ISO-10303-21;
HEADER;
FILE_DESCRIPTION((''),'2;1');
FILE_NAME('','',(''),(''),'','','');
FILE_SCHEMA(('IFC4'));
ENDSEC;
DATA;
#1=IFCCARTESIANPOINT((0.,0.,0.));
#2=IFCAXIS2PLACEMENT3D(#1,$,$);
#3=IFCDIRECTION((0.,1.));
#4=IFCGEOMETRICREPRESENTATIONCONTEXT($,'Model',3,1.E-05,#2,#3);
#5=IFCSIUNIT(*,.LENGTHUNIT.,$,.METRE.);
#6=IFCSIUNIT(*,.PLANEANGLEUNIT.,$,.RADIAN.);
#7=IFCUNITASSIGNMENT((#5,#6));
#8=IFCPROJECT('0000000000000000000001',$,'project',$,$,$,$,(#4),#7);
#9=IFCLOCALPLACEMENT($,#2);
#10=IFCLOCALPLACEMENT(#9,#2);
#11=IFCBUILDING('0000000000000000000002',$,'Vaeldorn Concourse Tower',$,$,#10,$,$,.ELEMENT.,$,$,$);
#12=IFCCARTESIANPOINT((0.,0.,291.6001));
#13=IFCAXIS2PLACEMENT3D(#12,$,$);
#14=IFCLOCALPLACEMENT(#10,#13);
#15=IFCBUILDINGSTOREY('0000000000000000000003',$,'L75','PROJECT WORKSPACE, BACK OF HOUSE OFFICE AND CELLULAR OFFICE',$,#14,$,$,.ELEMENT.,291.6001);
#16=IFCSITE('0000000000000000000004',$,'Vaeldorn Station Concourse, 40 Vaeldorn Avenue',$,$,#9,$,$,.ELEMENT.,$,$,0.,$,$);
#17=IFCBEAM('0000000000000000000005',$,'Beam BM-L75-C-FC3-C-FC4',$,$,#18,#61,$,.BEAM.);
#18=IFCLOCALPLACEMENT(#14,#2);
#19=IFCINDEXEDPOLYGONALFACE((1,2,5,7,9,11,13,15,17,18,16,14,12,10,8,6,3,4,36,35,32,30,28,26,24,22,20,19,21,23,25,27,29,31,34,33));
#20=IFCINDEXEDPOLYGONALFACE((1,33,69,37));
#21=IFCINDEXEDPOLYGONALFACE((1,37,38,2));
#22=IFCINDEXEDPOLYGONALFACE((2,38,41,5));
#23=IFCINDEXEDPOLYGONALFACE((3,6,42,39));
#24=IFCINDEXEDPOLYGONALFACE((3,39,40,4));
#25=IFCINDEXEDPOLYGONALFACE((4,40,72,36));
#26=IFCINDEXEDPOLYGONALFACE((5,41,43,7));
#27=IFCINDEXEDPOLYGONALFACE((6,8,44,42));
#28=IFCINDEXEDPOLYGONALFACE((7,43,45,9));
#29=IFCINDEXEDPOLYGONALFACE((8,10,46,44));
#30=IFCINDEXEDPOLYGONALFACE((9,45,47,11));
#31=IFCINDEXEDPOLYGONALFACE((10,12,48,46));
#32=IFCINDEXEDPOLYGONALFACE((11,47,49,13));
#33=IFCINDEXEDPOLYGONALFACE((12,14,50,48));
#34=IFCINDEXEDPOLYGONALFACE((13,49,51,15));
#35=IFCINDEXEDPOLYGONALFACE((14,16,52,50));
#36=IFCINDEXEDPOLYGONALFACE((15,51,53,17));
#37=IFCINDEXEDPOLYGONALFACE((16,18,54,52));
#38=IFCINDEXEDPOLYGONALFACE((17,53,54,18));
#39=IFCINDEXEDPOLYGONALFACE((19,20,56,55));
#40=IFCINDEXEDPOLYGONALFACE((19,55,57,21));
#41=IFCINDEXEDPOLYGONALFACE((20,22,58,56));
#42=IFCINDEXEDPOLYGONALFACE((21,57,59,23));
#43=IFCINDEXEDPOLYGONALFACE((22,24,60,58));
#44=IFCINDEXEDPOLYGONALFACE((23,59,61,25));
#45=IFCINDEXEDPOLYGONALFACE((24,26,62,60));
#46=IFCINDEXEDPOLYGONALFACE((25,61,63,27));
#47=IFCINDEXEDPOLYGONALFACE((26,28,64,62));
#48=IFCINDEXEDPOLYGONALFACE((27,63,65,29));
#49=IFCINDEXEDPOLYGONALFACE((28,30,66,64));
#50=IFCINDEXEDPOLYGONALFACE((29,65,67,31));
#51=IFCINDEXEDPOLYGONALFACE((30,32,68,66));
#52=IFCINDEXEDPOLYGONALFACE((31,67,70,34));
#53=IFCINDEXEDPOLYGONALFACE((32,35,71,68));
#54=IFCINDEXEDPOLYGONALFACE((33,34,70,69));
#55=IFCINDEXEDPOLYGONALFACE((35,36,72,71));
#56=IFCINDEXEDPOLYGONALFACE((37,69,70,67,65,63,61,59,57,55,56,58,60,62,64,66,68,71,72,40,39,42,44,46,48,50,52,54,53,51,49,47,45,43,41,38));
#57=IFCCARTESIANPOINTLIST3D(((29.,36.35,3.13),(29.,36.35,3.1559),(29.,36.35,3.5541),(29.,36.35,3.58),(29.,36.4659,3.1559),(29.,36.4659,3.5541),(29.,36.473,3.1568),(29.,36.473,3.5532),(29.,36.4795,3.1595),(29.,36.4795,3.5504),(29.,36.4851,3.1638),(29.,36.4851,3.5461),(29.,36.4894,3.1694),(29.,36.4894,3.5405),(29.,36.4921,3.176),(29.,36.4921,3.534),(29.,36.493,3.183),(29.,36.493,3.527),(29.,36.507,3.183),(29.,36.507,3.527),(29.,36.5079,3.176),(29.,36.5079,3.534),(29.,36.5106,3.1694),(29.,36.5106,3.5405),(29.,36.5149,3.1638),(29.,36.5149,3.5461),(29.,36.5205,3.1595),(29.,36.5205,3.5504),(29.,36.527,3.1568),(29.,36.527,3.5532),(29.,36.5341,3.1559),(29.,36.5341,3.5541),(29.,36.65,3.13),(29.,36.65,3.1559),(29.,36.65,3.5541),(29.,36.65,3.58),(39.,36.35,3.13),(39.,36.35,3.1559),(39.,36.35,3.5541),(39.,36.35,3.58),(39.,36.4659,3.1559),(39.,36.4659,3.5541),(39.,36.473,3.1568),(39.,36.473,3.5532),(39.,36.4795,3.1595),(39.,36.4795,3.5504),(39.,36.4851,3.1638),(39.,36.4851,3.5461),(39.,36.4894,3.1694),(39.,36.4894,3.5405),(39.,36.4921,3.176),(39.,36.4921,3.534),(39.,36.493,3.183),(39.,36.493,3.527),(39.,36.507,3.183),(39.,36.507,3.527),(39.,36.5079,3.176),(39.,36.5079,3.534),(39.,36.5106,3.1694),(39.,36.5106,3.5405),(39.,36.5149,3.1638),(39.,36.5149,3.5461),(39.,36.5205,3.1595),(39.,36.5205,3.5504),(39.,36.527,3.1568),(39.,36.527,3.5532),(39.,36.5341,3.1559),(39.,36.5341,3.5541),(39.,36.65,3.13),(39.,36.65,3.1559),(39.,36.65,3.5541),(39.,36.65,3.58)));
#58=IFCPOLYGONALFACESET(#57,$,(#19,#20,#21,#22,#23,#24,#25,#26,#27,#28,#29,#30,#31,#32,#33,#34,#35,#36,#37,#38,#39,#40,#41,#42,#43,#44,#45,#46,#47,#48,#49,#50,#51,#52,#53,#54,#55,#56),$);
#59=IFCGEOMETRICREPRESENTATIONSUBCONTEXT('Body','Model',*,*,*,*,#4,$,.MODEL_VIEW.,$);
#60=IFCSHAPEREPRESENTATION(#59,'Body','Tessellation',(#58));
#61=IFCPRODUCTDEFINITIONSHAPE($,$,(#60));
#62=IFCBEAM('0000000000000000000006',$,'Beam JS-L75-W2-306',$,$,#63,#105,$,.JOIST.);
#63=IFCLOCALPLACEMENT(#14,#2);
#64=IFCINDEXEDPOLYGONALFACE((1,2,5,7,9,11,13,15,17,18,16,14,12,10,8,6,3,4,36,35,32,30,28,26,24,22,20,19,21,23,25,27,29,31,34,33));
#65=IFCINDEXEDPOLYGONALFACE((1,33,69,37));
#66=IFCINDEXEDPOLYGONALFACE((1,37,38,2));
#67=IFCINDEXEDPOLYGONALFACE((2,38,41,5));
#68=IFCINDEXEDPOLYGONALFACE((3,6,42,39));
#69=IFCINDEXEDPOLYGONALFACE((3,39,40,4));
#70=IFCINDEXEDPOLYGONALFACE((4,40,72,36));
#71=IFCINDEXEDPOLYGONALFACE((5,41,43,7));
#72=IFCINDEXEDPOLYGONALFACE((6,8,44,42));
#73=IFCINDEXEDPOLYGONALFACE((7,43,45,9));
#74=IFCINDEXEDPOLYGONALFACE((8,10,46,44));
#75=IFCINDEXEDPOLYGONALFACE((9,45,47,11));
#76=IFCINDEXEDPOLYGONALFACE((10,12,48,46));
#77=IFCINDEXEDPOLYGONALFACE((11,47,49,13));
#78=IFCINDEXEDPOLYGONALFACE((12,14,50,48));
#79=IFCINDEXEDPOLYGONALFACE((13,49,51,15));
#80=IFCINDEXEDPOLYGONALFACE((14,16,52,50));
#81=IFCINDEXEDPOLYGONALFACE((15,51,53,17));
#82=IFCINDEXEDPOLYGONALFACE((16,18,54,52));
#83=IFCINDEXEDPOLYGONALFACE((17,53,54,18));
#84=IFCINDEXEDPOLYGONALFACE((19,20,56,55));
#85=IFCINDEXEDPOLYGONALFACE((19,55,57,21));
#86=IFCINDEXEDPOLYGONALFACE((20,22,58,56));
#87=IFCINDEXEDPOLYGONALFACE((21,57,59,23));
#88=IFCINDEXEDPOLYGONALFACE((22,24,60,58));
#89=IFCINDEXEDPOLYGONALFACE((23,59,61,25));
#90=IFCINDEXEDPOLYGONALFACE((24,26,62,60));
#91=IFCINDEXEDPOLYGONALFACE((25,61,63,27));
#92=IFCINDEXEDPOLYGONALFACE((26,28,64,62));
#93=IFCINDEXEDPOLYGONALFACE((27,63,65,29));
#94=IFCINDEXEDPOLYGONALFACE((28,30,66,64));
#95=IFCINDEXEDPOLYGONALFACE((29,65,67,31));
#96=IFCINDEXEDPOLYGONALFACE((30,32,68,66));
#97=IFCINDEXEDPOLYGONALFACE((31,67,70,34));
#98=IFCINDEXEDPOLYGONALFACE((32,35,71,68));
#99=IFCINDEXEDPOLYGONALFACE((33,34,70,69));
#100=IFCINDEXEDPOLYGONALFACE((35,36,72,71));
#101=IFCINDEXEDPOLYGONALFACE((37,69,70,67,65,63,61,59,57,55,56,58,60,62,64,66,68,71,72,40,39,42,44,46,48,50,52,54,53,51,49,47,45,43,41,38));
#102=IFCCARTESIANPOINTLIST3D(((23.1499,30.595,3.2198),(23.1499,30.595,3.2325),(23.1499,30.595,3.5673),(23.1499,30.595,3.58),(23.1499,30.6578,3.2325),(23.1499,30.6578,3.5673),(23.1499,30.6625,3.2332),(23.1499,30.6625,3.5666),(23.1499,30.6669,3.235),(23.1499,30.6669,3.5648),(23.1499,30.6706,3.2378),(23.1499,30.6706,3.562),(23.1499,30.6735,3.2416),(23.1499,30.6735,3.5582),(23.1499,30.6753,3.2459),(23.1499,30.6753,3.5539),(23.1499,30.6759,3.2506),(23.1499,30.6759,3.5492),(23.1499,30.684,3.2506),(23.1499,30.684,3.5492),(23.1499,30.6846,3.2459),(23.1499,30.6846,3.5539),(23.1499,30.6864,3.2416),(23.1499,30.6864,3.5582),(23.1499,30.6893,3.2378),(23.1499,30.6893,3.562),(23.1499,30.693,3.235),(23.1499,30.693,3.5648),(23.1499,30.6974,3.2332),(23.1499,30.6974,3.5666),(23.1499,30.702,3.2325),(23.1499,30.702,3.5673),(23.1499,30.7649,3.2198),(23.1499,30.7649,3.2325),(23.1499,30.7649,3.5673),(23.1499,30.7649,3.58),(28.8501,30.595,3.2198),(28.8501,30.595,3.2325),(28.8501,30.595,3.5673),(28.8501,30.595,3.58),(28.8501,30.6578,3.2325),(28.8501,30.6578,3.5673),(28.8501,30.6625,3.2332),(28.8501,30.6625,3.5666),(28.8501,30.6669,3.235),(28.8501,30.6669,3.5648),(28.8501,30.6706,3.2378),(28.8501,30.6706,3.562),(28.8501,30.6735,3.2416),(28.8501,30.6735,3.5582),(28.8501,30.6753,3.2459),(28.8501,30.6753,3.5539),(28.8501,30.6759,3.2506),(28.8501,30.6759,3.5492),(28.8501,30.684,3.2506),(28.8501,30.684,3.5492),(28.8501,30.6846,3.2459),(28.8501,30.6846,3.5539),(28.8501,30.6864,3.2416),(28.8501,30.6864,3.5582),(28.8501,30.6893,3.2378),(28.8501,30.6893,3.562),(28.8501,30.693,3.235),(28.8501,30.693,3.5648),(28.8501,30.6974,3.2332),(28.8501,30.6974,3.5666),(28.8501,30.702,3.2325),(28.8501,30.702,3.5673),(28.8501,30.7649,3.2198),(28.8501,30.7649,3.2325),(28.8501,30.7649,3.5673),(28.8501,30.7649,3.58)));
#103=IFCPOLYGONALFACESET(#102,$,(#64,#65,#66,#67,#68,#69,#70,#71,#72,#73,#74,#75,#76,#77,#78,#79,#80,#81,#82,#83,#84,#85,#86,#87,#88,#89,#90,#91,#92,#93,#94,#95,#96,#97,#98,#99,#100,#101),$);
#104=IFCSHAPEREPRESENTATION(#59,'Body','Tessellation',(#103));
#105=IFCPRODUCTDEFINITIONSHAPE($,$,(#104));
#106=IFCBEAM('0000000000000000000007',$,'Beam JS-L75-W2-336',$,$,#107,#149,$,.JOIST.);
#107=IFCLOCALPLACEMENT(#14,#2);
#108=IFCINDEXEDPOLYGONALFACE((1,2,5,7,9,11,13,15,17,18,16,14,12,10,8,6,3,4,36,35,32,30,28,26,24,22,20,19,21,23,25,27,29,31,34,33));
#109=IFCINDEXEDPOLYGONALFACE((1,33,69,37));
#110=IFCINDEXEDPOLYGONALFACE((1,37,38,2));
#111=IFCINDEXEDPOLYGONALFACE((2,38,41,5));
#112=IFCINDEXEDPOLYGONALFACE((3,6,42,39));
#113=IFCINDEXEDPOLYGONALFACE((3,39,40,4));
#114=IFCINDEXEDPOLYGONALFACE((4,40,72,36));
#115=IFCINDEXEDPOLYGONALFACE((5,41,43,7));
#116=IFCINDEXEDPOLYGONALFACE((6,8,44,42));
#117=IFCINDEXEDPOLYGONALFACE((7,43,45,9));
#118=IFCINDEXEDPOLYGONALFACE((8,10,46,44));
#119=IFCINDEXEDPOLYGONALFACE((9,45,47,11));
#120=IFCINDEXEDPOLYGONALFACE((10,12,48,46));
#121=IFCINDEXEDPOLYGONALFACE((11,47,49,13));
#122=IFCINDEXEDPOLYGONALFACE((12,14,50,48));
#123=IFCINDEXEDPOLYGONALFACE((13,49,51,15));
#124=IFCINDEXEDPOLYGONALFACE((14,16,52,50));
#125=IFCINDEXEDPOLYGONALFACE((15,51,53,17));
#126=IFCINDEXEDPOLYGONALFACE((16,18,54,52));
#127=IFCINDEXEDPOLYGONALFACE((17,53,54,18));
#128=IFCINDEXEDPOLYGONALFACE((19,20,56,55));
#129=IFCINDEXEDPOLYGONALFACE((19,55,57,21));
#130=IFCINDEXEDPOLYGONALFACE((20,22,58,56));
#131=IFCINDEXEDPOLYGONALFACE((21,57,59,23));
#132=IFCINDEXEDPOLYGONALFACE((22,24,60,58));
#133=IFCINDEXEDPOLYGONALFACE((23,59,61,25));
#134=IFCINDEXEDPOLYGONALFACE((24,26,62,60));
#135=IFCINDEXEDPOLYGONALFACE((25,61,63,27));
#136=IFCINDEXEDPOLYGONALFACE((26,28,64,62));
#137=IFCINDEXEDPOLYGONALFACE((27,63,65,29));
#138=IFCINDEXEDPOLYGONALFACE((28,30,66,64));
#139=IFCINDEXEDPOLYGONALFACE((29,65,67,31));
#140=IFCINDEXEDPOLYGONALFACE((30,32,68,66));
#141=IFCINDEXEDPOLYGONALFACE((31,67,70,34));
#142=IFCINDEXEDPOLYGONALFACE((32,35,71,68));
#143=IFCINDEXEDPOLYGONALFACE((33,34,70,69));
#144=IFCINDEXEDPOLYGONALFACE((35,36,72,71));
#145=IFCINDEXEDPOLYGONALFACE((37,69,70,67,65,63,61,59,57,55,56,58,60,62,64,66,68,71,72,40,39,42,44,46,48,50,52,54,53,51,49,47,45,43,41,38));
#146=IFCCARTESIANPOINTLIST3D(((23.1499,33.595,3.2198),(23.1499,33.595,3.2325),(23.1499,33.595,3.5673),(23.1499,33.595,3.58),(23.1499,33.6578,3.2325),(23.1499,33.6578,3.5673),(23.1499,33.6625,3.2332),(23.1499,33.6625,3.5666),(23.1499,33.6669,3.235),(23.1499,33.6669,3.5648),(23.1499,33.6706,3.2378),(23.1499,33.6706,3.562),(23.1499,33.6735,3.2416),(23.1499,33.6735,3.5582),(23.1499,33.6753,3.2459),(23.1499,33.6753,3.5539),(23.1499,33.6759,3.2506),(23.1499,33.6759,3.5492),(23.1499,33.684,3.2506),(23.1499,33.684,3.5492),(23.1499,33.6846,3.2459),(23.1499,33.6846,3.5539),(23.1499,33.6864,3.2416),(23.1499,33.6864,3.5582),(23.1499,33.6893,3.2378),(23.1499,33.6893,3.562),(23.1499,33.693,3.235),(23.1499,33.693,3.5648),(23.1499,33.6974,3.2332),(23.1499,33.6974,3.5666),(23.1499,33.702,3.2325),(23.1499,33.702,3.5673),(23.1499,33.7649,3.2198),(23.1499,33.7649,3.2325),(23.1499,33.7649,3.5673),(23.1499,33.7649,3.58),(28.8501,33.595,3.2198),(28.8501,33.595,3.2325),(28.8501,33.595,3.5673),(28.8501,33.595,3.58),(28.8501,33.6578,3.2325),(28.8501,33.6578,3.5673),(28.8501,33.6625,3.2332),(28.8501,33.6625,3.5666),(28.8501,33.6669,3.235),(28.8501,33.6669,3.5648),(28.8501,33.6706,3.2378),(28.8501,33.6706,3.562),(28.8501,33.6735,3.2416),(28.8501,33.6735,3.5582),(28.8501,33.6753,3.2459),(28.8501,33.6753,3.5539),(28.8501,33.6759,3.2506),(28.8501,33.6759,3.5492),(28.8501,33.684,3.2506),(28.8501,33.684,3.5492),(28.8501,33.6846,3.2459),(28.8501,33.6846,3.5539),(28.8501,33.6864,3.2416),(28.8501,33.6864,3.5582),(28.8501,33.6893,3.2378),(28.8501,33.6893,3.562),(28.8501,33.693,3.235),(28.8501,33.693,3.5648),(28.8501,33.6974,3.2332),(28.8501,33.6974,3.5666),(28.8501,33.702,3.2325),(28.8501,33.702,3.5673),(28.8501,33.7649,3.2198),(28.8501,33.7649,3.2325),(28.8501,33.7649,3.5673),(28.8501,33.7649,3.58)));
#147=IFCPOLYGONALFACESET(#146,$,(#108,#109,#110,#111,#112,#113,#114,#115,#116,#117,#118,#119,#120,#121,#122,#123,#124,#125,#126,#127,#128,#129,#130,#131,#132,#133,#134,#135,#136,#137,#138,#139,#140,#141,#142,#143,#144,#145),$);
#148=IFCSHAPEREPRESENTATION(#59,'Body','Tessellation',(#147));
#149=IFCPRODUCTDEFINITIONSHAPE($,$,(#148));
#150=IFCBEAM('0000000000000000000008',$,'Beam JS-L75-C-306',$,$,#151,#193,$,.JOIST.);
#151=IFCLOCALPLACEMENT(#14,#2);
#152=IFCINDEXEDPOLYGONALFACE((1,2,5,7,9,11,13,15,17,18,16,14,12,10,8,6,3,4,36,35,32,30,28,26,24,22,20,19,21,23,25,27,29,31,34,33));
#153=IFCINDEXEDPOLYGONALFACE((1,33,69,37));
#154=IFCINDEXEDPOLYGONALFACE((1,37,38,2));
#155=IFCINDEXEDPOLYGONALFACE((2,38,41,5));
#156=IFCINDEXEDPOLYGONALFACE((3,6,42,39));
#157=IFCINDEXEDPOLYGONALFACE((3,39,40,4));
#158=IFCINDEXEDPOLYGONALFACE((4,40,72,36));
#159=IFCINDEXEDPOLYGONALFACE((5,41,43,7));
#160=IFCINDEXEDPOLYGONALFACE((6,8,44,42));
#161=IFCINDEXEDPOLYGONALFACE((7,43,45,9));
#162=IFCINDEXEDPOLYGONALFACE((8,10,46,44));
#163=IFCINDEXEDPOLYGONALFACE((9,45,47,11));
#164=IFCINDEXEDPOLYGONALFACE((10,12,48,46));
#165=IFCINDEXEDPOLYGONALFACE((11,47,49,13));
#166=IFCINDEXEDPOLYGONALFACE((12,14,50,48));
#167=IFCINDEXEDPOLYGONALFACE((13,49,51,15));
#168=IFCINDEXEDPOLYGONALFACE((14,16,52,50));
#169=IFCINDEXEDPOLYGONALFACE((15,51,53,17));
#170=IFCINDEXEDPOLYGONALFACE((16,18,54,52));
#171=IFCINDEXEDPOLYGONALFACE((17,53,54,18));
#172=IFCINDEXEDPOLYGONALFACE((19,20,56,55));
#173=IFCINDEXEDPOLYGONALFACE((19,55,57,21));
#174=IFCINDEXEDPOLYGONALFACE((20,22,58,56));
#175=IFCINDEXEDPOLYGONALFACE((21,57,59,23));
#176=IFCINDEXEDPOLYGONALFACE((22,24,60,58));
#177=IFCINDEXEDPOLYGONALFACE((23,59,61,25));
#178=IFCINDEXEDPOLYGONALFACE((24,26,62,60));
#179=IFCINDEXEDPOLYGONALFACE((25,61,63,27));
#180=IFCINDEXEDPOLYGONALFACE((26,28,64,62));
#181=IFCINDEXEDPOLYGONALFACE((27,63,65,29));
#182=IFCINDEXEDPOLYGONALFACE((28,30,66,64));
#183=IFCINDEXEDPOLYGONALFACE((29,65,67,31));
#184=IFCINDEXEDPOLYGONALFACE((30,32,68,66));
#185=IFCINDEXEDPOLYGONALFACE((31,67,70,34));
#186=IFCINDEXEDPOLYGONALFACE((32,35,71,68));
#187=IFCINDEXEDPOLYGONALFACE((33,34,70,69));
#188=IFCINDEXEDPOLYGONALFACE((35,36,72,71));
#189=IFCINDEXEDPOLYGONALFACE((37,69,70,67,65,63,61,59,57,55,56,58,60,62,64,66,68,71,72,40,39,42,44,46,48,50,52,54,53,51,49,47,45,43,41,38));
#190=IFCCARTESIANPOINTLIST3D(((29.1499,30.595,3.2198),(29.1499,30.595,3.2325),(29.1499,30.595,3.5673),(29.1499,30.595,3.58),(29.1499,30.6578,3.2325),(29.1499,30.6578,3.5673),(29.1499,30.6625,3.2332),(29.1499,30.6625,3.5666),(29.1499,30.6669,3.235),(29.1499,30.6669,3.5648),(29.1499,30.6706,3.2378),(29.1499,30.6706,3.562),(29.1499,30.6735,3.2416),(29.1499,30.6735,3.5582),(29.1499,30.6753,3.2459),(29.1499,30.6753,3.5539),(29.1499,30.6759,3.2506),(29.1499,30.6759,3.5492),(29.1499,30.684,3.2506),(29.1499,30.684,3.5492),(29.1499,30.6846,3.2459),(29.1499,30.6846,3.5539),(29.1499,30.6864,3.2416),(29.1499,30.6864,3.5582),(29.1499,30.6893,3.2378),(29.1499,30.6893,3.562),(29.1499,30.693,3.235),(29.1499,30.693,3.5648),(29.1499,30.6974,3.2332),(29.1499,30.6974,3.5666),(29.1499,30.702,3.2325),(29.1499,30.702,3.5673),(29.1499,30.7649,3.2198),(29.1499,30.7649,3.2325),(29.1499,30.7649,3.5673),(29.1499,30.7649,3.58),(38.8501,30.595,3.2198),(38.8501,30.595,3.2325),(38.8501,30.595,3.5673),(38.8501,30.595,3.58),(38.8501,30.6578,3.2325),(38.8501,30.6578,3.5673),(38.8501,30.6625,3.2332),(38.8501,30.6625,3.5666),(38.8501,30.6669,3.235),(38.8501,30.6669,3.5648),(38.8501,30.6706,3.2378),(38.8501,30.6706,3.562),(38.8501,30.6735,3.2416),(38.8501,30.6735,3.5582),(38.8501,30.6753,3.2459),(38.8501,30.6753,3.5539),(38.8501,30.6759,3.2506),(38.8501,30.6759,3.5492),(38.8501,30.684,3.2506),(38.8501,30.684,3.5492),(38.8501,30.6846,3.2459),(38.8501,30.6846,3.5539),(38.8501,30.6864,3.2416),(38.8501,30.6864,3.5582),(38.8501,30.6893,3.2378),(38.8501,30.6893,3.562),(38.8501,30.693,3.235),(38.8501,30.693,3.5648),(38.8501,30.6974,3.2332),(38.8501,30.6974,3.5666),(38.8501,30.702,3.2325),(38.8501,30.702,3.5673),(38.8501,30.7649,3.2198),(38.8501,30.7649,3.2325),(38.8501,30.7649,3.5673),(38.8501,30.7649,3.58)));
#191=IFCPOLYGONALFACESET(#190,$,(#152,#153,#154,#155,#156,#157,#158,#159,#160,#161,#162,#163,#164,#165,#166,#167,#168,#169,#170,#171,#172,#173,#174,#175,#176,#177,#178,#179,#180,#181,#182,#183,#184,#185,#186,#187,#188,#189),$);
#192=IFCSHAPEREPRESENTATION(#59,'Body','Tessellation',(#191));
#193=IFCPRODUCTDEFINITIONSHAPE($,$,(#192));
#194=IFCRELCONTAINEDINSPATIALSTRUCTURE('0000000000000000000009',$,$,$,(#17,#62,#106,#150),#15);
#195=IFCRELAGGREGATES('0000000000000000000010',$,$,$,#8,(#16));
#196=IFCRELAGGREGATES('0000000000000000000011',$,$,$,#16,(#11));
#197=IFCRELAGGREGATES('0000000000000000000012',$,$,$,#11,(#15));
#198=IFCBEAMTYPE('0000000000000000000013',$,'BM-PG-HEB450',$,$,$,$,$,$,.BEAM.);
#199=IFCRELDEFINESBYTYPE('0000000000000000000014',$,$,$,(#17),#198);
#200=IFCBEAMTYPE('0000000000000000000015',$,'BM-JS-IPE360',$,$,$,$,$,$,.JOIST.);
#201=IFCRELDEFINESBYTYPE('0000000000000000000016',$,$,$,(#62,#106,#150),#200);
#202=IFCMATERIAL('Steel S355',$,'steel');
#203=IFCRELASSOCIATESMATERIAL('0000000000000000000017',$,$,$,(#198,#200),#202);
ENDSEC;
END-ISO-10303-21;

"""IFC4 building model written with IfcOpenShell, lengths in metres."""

from ifc_helpers import new_model, si_unit, direction, frame, origin, origin_2d, place, context, subcontext, project, spatial, i_section, extrude, source, transform, mapped, material, material_profile, profile_set, type_object, element, save


model = new_model("IFC4")

# Units and contexts
model_context = context("Model", 3, precision=1e-05, world=origin(), true_north=direction((0.0, 1.0)))
body_context = subcontext(model_context, "Body", "Model", "MODEL_VIEW")
ifc_project = project(units=[si_unit("LENGTHUNIT", "METRE"), si_unit("PLANEANGLEUNIT", "RADIAN")], contexts=[model_context])

# Site, building, storey
site_placement = place(None, origin())
site = spatial("IfcSite", under=ifc_project, at=site_placement, Name="Vaeldorn Station Concourse, 40 Vaeldorn Avenue", CompositionType="ELEMENT", RefElevation=0.0)
building_placement = place(site_placement, origin())
building = spatial("IfcBuilding", under=site, at=building_placement, Name="Vaeldorn Concourse Tower", CompositionType="ELEMENT")
storey_placement = place(building_placement, frame((0.0, 0.0, 291.6001)))
storey = spatial("IfcBuildingStorey", under=building, at=storey_placement, Name="L75", Description="PROJECT WORKSPACE, BACK OF HOUSE OFFICE AND CELLULAR OFFICE", CompositionType="ELEMENT", Elevation=291.6001)

# Shared definitions
ifc_material_1 = material(Name="Steel S355", Category="steel")

# Beams
ifc_material_profile_1 = material_profile(ifc_material_1, i_section(OverallWidth=0.3, OverallDepth=0.45, WebThickness=0.0139, FlangeThickness=0.0259, FilletRadius=0.0271, at=origin_2d()), Name="HEB 450")
ifc_profile_set_1 = profile_set([ifc_material_profile_1], Name="Steel S355")
beam_type_1 = type_object("IfcBeamType", Name="BM-PG-HEB450", PredefinedType="BEAM", material=ifc_profile_set_1)
shared_shape_1 = source(origin(), body_context, "Body", "SweptSolid", [
    extrude(i_section(OverallWidth=0.3, OverallDepth=0.45, WebThickness=0.0139, FlangeThickness=0.0259, FilletRadius=0.0271, at=origin_2d()), origin(), (0.0, 0.0, 1.0), 10.0),
])
beam_1_placement = place(storey_placement, frame((29.0, 36.5, 3.355), z_axis=(1.0, 0.0, 0.0), x_axis=(0.0, 1.0, 0.0)))
element("IfcBeam", 1, at=beam_1_placement, inside=storey, type_object=beam_type_1, Name="Beam BM-L75-C-FC3-C-FC4", PredefinedType="BEAM", context=body_context, shape_type="MappedRepresentation", body=[
    mapped(shared_shape_1, transform((0.0, 0.0, 0.0), scale=1.0)),
])
ifc_material_profile_2 = material_profile(ifc_material_1, i_section(OverallWidth=0.1699, OverallDepth=0.3601, WebThickness=0.0081, FlangeThickness=0.0127, FilletRadius=0.0181, at=origin_2d()), Name="IPE 360")
ifc_profile_set_2 = profile_set([ifc_material_profile_2], Name="Steel S355")
beam_type_2 = type_object("IfcBeamType", Name="BM-JS-IPE360", PredefinedType="JOIST", material=ifc_profile_set_2)
shared_shape_2 = source(origin(), body_context, "Body", "SweptSolid", [
    extrude(i_section(OverallWidth=0.1699, OverallDepth=0.3601, WebThickness=0.0081, FlangeThickness=0.0127, FilletRadius=0.0181, at=origin_2d()), origin(), (0.0, 0.0, 1.0), 5.7002),
])
for number, where, z_axis, x_axis, name in (
    (2, (23.1499, 30.6799, 3.3999), (1.0, 0.0, 0.0), (0.0, 1.0, 0.0), "Beam JS-L75-W2-306"),
    (3, (23.1499, 33.6799, 3.3999), (1.0, 0.0, 0.0), (0.0, 1.0, 0.0), "Beam JS-L75-W2-336"),
):
    element("IfcBeam", number, at=place(storey_placement, frame(where, z_axis=z_axis, x_axis=x_axis)), inside=storey, type_object=beam_type_2, Name=name, PredefinedType="JOIST", context=body_context, shape_type="MappedRepresentation", body=[
        mapped(shared_shape_2, transform((0.0, 0.0, 0.0), scale=1.0)),
    ])
shared_shape_3 = source(origin(), body_context, "Body", "SweptSolid", [
    extrude(i_section(OverallWidth=0.1699, OverallDepth=0.3601, WebThickness=0.0081, FlangeThickness=0.0127, FilletRadius=0.0181, at=origin_2d()), origin(), (0.0, 0.0, 1.0), 9.7002),
])
beam_2_placement = place(storey_placement, frame((29.1499, 30.6799, 3.3999), z_axis=(1.0, 0.0, 0.0), x_axis=(0.0, 1.0, 0.0)))
element("IfcBeam", 4, at=beam_2_placement, inside=storey, type_object=beam_type_2, Name="Beam JS-L75-C-306", PredefinedType="JOIST", context=body_context, shape_type="MappedRepresentation", body=[
    mapped(shared_shape_3, transform((0.0, 0.0, 0.0), scale=1.0)),
])

save(model, "model.ifc")
